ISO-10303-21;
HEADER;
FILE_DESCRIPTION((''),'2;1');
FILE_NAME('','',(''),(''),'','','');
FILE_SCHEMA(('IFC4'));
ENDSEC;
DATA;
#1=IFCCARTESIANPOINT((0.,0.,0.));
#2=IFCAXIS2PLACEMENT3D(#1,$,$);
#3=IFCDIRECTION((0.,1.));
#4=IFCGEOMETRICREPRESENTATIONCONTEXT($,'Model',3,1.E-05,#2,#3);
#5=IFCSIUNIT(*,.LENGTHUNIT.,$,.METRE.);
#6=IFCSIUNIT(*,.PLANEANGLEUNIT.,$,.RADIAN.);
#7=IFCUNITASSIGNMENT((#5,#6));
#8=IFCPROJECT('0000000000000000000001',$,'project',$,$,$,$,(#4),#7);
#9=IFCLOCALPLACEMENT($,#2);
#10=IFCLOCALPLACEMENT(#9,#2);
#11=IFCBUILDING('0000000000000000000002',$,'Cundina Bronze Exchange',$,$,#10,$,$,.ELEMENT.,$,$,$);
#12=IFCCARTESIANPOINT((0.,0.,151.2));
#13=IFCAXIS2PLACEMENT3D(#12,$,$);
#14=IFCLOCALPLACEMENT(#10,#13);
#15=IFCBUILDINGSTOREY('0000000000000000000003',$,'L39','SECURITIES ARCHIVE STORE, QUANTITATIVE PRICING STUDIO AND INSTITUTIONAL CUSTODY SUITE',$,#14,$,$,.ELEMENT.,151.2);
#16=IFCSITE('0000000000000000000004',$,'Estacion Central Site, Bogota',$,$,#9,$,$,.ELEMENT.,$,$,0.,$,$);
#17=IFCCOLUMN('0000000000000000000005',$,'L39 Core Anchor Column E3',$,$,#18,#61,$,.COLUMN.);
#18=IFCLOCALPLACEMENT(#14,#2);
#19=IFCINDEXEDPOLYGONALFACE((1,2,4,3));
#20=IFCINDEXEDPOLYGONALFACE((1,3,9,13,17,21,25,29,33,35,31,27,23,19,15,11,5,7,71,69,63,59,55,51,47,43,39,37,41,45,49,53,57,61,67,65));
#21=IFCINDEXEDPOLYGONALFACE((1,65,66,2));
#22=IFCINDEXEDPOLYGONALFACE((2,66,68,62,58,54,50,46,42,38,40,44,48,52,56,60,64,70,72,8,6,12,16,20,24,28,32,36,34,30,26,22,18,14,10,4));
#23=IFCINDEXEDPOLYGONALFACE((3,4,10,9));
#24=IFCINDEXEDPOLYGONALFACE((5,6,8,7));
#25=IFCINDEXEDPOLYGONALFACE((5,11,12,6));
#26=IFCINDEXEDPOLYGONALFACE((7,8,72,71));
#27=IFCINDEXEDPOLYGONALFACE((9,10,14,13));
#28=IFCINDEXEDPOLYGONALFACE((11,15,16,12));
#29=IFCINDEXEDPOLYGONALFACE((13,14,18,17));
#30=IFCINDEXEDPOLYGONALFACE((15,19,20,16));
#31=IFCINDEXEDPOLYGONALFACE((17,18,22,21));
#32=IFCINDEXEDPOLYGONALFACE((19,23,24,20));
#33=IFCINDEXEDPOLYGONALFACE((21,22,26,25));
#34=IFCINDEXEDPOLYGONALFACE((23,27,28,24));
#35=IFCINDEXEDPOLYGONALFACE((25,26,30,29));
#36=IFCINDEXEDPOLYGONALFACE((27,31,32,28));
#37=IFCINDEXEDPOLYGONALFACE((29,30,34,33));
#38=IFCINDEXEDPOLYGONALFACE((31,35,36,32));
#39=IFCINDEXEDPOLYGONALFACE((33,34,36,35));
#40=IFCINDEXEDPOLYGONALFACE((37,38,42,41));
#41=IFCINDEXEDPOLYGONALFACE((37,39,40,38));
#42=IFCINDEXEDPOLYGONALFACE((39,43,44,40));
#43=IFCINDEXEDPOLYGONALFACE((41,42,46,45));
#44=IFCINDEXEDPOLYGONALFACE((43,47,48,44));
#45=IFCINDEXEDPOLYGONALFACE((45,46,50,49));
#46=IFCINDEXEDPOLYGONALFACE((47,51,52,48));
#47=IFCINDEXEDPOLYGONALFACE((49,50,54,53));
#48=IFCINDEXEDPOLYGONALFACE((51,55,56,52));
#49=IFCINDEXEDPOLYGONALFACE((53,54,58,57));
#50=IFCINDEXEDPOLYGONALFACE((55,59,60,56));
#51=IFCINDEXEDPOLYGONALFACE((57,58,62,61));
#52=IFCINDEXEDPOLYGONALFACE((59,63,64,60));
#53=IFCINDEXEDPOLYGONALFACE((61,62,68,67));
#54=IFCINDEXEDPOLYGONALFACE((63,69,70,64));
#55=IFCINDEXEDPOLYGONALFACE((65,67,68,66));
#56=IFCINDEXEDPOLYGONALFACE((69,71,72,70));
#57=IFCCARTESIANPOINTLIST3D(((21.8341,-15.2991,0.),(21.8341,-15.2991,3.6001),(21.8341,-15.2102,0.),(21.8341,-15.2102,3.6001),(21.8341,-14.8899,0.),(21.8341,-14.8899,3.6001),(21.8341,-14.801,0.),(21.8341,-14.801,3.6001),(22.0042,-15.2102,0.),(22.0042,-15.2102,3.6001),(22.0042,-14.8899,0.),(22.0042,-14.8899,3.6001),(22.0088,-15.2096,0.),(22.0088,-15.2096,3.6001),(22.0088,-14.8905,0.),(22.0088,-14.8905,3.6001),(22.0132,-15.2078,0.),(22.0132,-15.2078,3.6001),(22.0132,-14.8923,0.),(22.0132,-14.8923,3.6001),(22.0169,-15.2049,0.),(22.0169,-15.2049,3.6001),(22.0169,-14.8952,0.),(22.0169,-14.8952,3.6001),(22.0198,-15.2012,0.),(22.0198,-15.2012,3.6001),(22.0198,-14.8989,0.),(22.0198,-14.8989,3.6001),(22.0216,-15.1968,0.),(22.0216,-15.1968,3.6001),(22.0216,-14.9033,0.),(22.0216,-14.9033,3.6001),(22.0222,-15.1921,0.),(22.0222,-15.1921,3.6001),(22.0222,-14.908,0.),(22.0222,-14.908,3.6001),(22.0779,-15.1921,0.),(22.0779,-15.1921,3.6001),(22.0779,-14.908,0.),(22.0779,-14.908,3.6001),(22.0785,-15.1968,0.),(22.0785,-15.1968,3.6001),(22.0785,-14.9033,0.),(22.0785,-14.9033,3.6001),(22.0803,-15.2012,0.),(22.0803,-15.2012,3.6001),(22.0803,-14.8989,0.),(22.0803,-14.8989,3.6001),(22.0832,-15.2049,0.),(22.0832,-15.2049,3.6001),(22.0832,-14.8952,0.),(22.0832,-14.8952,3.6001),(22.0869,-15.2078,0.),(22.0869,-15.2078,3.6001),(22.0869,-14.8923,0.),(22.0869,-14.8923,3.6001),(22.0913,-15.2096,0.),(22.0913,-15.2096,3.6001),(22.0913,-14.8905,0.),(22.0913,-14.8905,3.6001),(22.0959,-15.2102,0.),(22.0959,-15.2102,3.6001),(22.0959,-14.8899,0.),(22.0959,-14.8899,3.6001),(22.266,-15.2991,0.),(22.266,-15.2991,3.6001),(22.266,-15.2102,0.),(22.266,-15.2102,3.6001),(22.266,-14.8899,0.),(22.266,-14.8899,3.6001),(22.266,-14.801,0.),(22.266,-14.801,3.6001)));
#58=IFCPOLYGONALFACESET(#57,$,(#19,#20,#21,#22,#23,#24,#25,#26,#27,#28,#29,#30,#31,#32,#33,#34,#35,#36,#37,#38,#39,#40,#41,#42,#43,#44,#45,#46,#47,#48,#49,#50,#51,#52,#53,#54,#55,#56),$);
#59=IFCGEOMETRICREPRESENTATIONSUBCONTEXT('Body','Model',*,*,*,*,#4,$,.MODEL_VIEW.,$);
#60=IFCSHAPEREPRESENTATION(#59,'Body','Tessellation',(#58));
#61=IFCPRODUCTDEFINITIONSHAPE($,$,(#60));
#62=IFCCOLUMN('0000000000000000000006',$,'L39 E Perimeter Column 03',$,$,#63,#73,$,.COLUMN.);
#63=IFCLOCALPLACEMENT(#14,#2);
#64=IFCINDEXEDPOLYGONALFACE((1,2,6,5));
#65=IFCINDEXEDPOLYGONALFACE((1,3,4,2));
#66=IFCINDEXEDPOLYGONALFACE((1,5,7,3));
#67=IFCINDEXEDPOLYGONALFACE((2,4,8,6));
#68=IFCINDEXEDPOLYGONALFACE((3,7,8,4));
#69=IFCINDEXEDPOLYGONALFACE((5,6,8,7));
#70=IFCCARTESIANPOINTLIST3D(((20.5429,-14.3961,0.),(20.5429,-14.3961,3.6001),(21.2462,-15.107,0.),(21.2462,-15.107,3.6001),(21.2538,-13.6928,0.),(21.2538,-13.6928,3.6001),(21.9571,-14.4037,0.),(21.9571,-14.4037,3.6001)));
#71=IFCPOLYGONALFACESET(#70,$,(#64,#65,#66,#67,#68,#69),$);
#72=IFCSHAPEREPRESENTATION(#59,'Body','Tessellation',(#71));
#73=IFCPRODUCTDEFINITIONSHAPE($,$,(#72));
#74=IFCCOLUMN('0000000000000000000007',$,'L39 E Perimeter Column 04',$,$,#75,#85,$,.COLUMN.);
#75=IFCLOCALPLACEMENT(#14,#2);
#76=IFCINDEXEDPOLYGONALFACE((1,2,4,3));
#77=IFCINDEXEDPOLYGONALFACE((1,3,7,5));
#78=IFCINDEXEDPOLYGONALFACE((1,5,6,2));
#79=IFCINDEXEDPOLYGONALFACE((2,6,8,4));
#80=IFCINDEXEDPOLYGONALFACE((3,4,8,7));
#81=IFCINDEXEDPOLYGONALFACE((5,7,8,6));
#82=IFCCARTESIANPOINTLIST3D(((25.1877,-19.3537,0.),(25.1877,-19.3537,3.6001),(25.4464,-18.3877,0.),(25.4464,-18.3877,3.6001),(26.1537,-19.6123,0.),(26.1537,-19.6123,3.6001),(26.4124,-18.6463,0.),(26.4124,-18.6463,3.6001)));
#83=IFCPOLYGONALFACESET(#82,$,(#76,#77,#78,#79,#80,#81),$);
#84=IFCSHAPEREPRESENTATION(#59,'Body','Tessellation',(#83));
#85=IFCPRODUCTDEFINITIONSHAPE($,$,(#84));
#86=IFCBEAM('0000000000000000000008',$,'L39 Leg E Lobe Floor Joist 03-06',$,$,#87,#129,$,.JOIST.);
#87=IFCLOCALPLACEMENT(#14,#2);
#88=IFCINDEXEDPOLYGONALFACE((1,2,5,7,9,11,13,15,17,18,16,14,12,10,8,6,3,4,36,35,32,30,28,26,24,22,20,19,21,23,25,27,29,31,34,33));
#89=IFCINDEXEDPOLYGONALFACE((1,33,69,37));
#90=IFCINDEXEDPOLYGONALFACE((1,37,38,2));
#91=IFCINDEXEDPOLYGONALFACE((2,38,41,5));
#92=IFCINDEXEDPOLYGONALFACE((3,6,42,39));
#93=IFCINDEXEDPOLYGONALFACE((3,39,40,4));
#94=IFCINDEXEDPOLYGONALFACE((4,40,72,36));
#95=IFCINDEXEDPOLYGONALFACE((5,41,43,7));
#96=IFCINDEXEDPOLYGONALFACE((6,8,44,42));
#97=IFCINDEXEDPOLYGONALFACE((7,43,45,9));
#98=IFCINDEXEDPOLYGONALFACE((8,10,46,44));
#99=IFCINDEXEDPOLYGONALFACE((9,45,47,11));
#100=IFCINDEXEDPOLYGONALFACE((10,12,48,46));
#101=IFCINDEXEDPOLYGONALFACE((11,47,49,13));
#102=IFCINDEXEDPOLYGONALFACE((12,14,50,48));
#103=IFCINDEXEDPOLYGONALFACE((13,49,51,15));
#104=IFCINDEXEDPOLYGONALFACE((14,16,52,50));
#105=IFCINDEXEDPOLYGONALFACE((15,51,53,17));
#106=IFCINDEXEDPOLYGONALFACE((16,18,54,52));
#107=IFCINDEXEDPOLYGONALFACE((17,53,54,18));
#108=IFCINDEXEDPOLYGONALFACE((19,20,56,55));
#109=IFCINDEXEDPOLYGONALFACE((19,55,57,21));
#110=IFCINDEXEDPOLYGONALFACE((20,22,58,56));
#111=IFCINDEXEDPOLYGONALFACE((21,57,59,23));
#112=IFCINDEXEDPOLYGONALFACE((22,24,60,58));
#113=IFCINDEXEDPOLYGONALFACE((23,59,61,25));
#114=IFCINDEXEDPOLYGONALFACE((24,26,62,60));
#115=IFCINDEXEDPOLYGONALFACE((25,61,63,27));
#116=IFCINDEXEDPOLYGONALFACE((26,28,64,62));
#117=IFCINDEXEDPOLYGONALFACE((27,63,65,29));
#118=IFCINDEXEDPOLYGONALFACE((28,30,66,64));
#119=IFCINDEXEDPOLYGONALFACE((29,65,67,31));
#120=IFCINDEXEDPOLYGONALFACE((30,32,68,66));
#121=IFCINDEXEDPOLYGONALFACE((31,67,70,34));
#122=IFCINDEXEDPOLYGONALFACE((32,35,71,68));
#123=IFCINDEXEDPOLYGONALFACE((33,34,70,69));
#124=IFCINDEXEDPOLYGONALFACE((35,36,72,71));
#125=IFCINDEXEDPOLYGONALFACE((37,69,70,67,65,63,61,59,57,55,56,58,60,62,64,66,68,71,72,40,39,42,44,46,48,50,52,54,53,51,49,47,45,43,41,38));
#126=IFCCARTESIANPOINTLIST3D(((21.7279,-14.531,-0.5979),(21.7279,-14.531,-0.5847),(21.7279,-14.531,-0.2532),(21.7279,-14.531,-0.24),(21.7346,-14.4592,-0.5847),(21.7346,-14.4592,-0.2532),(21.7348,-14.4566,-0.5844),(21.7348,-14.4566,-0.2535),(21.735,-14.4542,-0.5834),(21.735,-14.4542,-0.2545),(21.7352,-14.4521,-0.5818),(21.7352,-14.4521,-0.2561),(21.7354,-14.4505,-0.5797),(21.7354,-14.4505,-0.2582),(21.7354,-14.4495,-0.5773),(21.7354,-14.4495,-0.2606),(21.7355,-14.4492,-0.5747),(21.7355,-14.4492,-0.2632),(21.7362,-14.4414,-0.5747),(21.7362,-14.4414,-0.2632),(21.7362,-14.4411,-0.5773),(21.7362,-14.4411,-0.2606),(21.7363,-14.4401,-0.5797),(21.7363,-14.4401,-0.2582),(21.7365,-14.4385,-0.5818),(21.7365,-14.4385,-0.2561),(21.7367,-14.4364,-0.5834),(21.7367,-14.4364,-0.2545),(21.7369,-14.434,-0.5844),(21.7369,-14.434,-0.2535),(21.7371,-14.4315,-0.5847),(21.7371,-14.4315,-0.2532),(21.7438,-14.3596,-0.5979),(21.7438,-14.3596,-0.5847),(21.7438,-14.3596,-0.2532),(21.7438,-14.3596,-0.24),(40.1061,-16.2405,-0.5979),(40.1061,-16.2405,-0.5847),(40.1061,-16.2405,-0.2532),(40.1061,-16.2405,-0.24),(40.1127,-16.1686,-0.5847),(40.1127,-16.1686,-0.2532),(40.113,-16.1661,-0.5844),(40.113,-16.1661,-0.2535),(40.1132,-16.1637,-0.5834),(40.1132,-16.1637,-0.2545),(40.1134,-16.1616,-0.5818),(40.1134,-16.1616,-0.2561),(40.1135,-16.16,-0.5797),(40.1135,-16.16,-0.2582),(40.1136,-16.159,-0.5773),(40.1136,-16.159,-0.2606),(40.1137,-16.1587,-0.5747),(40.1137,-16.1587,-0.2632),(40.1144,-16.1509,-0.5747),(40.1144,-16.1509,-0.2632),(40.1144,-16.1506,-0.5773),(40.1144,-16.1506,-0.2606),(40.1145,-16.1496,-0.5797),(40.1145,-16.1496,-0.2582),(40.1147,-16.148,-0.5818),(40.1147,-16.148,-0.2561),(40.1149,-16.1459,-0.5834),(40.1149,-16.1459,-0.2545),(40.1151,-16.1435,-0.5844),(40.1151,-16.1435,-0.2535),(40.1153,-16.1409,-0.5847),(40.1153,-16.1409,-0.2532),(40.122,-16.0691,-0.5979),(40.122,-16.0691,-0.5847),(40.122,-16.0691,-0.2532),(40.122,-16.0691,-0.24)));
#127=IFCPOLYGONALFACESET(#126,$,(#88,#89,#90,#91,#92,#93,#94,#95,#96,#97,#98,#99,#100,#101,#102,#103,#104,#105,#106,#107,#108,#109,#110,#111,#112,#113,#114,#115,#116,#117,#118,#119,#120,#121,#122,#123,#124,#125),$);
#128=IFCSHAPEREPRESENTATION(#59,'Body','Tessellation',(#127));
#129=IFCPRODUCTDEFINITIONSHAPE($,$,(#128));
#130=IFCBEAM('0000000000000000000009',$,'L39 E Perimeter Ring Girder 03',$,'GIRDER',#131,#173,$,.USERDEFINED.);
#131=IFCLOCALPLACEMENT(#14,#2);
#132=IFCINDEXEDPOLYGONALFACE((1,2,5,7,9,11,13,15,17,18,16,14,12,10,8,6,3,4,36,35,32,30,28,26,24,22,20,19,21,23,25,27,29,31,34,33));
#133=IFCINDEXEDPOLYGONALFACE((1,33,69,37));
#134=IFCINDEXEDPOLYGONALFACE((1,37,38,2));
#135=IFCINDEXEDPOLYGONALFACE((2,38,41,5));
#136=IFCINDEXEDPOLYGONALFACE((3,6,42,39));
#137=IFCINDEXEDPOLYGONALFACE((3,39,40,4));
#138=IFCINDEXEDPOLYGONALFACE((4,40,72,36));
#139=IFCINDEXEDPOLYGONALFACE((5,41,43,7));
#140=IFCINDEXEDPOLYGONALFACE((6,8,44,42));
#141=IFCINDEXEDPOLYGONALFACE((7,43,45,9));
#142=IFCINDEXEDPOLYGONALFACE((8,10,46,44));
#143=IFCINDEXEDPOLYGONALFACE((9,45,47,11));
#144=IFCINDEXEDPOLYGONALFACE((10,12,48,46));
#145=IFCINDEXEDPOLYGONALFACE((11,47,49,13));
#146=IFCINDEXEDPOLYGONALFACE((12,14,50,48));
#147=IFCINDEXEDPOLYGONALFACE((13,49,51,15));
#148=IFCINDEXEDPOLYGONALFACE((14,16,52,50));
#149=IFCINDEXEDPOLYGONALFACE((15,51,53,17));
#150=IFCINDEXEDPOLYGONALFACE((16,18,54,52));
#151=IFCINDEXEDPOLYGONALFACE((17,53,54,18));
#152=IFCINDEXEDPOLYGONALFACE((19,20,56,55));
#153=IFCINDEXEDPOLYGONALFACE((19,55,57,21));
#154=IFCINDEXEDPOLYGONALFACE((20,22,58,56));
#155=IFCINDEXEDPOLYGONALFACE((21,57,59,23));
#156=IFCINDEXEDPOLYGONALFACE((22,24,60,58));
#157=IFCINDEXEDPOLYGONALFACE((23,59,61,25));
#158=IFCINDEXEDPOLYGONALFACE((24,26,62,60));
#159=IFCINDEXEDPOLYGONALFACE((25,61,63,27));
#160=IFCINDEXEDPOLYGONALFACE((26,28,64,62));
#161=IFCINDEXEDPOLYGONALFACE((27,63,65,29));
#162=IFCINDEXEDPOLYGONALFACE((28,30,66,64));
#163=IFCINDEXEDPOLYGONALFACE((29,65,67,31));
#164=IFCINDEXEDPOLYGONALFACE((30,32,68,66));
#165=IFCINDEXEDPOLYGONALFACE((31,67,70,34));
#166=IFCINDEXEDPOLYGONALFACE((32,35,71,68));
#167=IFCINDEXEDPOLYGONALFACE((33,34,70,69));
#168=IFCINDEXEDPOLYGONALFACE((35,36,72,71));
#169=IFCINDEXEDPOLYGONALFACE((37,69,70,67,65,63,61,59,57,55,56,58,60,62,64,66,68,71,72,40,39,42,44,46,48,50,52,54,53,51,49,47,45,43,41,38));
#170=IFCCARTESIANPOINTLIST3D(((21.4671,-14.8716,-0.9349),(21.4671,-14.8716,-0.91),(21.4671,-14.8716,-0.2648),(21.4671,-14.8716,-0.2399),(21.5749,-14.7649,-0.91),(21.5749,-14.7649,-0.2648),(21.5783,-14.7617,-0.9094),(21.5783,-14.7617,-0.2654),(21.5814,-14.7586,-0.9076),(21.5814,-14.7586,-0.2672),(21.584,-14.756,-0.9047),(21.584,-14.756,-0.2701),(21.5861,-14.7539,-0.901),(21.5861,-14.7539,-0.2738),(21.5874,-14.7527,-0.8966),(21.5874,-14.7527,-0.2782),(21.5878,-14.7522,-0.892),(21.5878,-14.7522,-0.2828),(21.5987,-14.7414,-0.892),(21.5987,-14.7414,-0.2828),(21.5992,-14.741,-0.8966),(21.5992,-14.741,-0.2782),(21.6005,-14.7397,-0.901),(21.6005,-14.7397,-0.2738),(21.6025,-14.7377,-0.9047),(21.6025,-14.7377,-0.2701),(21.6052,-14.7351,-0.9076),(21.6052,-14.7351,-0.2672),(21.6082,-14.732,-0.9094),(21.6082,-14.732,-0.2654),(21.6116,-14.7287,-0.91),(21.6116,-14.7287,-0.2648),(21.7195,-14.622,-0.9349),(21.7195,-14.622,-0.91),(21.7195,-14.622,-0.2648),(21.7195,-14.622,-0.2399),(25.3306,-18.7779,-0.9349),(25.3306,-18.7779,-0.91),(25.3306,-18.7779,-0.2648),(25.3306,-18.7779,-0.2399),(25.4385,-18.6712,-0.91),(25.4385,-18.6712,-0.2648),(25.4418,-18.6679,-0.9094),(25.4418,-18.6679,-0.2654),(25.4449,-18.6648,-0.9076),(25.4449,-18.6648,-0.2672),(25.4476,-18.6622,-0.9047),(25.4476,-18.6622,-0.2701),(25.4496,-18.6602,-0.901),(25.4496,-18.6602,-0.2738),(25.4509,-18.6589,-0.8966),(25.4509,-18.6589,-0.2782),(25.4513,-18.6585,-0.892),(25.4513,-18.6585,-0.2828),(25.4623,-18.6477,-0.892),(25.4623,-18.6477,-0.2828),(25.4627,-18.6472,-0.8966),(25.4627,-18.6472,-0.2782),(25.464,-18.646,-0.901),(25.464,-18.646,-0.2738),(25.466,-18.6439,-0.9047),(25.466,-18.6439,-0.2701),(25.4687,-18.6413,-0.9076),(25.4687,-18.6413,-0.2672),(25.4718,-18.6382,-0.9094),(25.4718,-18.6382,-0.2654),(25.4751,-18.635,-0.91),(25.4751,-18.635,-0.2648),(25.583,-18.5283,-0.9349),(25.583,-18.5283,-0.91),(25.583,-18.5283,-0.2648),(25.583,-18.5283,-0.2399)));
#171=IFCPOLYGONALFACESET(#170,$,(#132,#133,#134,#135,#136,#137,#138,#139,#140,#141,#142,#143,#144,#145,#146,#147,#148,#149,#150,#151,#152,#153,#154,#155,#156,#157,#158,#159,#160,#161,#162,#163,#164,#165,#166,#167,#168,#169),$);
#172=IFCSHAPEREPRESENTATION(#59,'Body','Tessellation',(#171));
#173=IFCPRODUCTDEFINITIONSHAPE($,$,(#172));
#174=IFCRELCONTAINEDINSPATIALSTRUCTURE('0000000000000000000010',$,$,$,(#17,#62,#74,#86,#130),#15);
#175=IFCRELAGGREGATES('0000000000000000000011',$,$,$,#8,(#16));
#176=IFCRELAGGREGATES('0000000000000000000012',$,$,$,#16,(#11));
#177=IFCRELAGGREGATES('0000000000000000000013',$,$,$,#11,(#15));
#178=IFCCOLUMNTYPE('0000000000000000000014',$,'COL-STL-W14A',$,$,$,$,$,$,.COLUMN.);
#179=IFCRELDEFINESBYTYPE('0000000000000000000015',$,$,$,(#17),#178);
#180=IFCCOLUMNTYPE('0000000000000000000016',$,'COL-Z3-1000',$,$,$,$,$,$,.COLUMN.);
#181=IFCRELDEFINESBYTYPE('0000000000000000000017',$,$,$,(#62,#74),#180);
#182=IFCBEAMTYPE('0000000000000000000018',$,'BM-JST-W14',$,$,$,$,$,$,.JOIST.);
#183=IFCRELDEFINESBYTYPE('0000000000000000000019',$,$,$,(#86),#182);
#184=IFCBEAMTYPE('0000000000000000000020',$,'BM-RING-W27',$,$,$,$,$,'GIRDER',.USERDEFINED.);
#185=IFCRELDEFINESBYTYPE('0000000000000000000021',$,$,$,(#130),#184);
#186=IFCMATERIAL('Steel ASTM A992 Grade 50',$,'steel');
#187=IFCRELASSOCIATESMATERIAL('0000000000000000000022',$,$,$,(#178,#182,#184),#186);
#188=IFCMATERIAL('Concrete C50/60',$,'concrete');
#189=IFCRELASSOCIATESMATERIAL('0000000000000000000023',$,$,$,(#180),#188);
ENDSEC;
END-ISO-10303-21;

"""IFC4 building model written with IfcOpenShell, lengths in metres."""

from ifc_helpers import new_model, si_unit, direction, frame, origin, origin_2d, place, context, subcontext, project, spatial, rectangle, i_section, extrude, material, material_profile, profile_set, type_object, element, save


model = new_model("IFC4")

# Units and contexts
model_context = context("Model", 3, precision=1e-05, world=origin(), true_north=direction((0.0, 1.0)))
body_context = subcontext(model_context, "Body", "Model", "MODEL_VIEW")
ifc_project = project(units=[si_unit("LENGTHUNIT", "METRE"), si_unit("PLANEANGLEUNIT", "RADIAN")], contexts=[model_context])

# Site, building, storey
site_placement = place(None, origin())
site = spatial("IfcSite", under=ifc_project, at=site_placement, Name="Estacion Central Site, Bogota", CompositionType="ELEMENT", RefElevation=0.0)
building_placement = place(site_placement, origin())
building = spatial("IfcBuilding", under=site, at=building_placement, Name="Cundina Bronze Exchange", CompositionType="ELEMENT")
storey_placement = place(building_placement, frame((0.0, 0.0, 151.2)))
storey = spatial("IfcBuildingStorey", under=building, at=storey_placement, Name="L39", Description="SECURITIES ARCHIVE STORE, QUANTITATIVE PRICING STUDIO AND INSTITUTIONAL CUSTODY SUITE", CompositionType="ELEMENT", Elevation=151.2)

# Columns
ifc_material_1 = material(Name="Steel ASTM A992 Grade 50", Category="steel")
ifc_material_profile_1 = material_profile(ifc_material_1, i_section(OverallWidth=0.4319, OverallDepth=0.498, WebThickness=0.0557, FlangeThickness=0.0889, FilletRadius=0.0181, at=origin_2d()), Name="W14X500", Category="steel")
ifc_profile_set_1 = profile_set([ifc_material_profile_1], Name="Steel ASTM A992 Grade 50")
column_type_1 = type_object("IfcColumnType", Name="COL-STL-W14A", PredefinedType="COLUMN", material=ifc_profile_set_1)
column_placement = place(storey_placement, frame((22.05, -15.05, 0.0), z_axis=(0.0, 0.0, 1.0), x_axis=(1.0, 0.0, 0.0)))
element("IfcColumn", 1, at=column_placement, inside=storey, type_object=column_type_1, Name="L39 Core Anchor Column E3", PredefinedType="COLUMN", context=body_context, shape_type="SweptSolid", body=[
    extrude(i_section(OverallWidth=0.4319, OverallDepth=0.498, WebThickness=0.0557, FlangeThickness=0.0889, FilletRadius=0.0181, at=origin_2d()), origin(), (0.0, 0.0, 1.0), 3.6001),
])
ifc_material_2 = material(Name="Concrete C50/60", Category="concrete")
ifc_material_profile_2 = material_profile(ifc_material_2, rectangle(XDim=1.0, YDim=1.0, at=origin_2d()), Name="RC1000X1000", Category="concrete")
ifc_profile_set_2 = profile_set([ifc_material_profile_2], Name="Concrete C50/60")
column_type_2 = type_object("IfcColumnType", Name="COL-Z3-1000", PredefinedType="COLUMN", material=ifc_profile_set_2)
for number, where, z_axis, x_axis, name in (
    (2, (21.25, -14.3999, 0.0), (0.0, 0.0, 1.0), (0.703271, -0.710922, 0.0), "L39 E Perimeter Column 03"),
    (3, (25.8, -19.0, 0.0), (0.0, 0.0, 1.0), (0.965971, -0.25865, 0.0), "L39 E Perimeter Column 04"),
):
    element("IfcColumn", number, at=place(storey_placement, frame(where, z_axis=z_axis, x_axis=x_axis)), inside=storey, type_object=column_type_2, Name=name, PredefinedType="COLUMN", context=body_context, shape_type="SweptSolid", body=[
        extrude(rectangle(XDim=1.0, YDim=1.0, at=origin_2d()), origin(), (0.0, 0.0, 1.0), 3.6001),
    ])

# Beams
ifc_material_profile_3 = material_profile(ifc_material_1, i_section(OverallWidth=0.1721, OverallDepth=0.3579, WebThickness=0.0078, FlangeThickness=0.0132, FilletRadius=0.01, at=origin_2d()), Name="W14X38", Category="steel")
ifc_profile_set_3 = profile_set([ifc_material_profile_3], Name="Steel ASTM A992 Grade 50")
beam_type_1 = type_object("IfcBeamType", Name="BM-JST-W14", PredefinedType="JOIST", material=ifc_profile_set_3)
beam_1_placement = place(storey_placement, frame((21.7358, -14.4453, -0.4189), z_axis=(0.995702, -0.092617, 0.0), x_axis=(0.092617, 0.995702, 0.0)))
element("IfcBeam", 4, at=beam_1_placement, inside=storey, type_object=beam_type_1, Name="L39 Leg E Lobe Floor Joist 03-06", PredefinedType="JOIST", context=body_context, shape_type="SweptSolid", body=[
    extrude(i_section(OverallWidth=0.1721, OverallDepth=0.3579, WebThickness=0.0078, FlangeThickness=0.0132, FilletRadius=0.01, at=origin_2d()), origin(), (0.0, 0.0, 1.0), 18.4575),
])
ifc_material_profile_4 = material_profile(ifc_material_1, i_section(OverallWidth=0.355, OverallDepth=0.6951, WebThickness=0.0154, FlangeThickness=0.0249, FilletRadius=0.0181, at=origin_2d()), Name="W27X146", Category="steel")
ifc_profile_set_4 = profile_set([ifc_material_profile_4], Name="Steel ASTM A992 Grade 50")
beam_type_2 = type_object("IfcBeamType", Name="BM-RING-W27", ElementType="GIRDER", PredefinedType="USERDEFINED", material=ifc_profile_set_4)
beam_2_placement = place(storey_placement, frame((21.5933, -14.7468, -0.5874), z_axis=(0.703208, -0.710984, 0.0), x_axis=(0.710984, 0.703208, 0.0)))
element("IfcBeam", 5, at=beam_2_placement, inside=storey, type_object=beam_type_2, Name="L39 E Perimeter Ring Girder 03", ObjectType="GIRDER", PredefinedType="USERDEFINED", context=body_context, shape_type="SweptSolid", body=[
    extrude(i_section(OverallWidth=0.355, OverallDepth=0.6951, WebThickness=0.0154, FlangeThickness=0.0249, FilletRadius=0.0181, at=origin_2d()), origin(), (0.0, 0.0, 1.0), 5.4941),
])

save(model, "model.ifc")
